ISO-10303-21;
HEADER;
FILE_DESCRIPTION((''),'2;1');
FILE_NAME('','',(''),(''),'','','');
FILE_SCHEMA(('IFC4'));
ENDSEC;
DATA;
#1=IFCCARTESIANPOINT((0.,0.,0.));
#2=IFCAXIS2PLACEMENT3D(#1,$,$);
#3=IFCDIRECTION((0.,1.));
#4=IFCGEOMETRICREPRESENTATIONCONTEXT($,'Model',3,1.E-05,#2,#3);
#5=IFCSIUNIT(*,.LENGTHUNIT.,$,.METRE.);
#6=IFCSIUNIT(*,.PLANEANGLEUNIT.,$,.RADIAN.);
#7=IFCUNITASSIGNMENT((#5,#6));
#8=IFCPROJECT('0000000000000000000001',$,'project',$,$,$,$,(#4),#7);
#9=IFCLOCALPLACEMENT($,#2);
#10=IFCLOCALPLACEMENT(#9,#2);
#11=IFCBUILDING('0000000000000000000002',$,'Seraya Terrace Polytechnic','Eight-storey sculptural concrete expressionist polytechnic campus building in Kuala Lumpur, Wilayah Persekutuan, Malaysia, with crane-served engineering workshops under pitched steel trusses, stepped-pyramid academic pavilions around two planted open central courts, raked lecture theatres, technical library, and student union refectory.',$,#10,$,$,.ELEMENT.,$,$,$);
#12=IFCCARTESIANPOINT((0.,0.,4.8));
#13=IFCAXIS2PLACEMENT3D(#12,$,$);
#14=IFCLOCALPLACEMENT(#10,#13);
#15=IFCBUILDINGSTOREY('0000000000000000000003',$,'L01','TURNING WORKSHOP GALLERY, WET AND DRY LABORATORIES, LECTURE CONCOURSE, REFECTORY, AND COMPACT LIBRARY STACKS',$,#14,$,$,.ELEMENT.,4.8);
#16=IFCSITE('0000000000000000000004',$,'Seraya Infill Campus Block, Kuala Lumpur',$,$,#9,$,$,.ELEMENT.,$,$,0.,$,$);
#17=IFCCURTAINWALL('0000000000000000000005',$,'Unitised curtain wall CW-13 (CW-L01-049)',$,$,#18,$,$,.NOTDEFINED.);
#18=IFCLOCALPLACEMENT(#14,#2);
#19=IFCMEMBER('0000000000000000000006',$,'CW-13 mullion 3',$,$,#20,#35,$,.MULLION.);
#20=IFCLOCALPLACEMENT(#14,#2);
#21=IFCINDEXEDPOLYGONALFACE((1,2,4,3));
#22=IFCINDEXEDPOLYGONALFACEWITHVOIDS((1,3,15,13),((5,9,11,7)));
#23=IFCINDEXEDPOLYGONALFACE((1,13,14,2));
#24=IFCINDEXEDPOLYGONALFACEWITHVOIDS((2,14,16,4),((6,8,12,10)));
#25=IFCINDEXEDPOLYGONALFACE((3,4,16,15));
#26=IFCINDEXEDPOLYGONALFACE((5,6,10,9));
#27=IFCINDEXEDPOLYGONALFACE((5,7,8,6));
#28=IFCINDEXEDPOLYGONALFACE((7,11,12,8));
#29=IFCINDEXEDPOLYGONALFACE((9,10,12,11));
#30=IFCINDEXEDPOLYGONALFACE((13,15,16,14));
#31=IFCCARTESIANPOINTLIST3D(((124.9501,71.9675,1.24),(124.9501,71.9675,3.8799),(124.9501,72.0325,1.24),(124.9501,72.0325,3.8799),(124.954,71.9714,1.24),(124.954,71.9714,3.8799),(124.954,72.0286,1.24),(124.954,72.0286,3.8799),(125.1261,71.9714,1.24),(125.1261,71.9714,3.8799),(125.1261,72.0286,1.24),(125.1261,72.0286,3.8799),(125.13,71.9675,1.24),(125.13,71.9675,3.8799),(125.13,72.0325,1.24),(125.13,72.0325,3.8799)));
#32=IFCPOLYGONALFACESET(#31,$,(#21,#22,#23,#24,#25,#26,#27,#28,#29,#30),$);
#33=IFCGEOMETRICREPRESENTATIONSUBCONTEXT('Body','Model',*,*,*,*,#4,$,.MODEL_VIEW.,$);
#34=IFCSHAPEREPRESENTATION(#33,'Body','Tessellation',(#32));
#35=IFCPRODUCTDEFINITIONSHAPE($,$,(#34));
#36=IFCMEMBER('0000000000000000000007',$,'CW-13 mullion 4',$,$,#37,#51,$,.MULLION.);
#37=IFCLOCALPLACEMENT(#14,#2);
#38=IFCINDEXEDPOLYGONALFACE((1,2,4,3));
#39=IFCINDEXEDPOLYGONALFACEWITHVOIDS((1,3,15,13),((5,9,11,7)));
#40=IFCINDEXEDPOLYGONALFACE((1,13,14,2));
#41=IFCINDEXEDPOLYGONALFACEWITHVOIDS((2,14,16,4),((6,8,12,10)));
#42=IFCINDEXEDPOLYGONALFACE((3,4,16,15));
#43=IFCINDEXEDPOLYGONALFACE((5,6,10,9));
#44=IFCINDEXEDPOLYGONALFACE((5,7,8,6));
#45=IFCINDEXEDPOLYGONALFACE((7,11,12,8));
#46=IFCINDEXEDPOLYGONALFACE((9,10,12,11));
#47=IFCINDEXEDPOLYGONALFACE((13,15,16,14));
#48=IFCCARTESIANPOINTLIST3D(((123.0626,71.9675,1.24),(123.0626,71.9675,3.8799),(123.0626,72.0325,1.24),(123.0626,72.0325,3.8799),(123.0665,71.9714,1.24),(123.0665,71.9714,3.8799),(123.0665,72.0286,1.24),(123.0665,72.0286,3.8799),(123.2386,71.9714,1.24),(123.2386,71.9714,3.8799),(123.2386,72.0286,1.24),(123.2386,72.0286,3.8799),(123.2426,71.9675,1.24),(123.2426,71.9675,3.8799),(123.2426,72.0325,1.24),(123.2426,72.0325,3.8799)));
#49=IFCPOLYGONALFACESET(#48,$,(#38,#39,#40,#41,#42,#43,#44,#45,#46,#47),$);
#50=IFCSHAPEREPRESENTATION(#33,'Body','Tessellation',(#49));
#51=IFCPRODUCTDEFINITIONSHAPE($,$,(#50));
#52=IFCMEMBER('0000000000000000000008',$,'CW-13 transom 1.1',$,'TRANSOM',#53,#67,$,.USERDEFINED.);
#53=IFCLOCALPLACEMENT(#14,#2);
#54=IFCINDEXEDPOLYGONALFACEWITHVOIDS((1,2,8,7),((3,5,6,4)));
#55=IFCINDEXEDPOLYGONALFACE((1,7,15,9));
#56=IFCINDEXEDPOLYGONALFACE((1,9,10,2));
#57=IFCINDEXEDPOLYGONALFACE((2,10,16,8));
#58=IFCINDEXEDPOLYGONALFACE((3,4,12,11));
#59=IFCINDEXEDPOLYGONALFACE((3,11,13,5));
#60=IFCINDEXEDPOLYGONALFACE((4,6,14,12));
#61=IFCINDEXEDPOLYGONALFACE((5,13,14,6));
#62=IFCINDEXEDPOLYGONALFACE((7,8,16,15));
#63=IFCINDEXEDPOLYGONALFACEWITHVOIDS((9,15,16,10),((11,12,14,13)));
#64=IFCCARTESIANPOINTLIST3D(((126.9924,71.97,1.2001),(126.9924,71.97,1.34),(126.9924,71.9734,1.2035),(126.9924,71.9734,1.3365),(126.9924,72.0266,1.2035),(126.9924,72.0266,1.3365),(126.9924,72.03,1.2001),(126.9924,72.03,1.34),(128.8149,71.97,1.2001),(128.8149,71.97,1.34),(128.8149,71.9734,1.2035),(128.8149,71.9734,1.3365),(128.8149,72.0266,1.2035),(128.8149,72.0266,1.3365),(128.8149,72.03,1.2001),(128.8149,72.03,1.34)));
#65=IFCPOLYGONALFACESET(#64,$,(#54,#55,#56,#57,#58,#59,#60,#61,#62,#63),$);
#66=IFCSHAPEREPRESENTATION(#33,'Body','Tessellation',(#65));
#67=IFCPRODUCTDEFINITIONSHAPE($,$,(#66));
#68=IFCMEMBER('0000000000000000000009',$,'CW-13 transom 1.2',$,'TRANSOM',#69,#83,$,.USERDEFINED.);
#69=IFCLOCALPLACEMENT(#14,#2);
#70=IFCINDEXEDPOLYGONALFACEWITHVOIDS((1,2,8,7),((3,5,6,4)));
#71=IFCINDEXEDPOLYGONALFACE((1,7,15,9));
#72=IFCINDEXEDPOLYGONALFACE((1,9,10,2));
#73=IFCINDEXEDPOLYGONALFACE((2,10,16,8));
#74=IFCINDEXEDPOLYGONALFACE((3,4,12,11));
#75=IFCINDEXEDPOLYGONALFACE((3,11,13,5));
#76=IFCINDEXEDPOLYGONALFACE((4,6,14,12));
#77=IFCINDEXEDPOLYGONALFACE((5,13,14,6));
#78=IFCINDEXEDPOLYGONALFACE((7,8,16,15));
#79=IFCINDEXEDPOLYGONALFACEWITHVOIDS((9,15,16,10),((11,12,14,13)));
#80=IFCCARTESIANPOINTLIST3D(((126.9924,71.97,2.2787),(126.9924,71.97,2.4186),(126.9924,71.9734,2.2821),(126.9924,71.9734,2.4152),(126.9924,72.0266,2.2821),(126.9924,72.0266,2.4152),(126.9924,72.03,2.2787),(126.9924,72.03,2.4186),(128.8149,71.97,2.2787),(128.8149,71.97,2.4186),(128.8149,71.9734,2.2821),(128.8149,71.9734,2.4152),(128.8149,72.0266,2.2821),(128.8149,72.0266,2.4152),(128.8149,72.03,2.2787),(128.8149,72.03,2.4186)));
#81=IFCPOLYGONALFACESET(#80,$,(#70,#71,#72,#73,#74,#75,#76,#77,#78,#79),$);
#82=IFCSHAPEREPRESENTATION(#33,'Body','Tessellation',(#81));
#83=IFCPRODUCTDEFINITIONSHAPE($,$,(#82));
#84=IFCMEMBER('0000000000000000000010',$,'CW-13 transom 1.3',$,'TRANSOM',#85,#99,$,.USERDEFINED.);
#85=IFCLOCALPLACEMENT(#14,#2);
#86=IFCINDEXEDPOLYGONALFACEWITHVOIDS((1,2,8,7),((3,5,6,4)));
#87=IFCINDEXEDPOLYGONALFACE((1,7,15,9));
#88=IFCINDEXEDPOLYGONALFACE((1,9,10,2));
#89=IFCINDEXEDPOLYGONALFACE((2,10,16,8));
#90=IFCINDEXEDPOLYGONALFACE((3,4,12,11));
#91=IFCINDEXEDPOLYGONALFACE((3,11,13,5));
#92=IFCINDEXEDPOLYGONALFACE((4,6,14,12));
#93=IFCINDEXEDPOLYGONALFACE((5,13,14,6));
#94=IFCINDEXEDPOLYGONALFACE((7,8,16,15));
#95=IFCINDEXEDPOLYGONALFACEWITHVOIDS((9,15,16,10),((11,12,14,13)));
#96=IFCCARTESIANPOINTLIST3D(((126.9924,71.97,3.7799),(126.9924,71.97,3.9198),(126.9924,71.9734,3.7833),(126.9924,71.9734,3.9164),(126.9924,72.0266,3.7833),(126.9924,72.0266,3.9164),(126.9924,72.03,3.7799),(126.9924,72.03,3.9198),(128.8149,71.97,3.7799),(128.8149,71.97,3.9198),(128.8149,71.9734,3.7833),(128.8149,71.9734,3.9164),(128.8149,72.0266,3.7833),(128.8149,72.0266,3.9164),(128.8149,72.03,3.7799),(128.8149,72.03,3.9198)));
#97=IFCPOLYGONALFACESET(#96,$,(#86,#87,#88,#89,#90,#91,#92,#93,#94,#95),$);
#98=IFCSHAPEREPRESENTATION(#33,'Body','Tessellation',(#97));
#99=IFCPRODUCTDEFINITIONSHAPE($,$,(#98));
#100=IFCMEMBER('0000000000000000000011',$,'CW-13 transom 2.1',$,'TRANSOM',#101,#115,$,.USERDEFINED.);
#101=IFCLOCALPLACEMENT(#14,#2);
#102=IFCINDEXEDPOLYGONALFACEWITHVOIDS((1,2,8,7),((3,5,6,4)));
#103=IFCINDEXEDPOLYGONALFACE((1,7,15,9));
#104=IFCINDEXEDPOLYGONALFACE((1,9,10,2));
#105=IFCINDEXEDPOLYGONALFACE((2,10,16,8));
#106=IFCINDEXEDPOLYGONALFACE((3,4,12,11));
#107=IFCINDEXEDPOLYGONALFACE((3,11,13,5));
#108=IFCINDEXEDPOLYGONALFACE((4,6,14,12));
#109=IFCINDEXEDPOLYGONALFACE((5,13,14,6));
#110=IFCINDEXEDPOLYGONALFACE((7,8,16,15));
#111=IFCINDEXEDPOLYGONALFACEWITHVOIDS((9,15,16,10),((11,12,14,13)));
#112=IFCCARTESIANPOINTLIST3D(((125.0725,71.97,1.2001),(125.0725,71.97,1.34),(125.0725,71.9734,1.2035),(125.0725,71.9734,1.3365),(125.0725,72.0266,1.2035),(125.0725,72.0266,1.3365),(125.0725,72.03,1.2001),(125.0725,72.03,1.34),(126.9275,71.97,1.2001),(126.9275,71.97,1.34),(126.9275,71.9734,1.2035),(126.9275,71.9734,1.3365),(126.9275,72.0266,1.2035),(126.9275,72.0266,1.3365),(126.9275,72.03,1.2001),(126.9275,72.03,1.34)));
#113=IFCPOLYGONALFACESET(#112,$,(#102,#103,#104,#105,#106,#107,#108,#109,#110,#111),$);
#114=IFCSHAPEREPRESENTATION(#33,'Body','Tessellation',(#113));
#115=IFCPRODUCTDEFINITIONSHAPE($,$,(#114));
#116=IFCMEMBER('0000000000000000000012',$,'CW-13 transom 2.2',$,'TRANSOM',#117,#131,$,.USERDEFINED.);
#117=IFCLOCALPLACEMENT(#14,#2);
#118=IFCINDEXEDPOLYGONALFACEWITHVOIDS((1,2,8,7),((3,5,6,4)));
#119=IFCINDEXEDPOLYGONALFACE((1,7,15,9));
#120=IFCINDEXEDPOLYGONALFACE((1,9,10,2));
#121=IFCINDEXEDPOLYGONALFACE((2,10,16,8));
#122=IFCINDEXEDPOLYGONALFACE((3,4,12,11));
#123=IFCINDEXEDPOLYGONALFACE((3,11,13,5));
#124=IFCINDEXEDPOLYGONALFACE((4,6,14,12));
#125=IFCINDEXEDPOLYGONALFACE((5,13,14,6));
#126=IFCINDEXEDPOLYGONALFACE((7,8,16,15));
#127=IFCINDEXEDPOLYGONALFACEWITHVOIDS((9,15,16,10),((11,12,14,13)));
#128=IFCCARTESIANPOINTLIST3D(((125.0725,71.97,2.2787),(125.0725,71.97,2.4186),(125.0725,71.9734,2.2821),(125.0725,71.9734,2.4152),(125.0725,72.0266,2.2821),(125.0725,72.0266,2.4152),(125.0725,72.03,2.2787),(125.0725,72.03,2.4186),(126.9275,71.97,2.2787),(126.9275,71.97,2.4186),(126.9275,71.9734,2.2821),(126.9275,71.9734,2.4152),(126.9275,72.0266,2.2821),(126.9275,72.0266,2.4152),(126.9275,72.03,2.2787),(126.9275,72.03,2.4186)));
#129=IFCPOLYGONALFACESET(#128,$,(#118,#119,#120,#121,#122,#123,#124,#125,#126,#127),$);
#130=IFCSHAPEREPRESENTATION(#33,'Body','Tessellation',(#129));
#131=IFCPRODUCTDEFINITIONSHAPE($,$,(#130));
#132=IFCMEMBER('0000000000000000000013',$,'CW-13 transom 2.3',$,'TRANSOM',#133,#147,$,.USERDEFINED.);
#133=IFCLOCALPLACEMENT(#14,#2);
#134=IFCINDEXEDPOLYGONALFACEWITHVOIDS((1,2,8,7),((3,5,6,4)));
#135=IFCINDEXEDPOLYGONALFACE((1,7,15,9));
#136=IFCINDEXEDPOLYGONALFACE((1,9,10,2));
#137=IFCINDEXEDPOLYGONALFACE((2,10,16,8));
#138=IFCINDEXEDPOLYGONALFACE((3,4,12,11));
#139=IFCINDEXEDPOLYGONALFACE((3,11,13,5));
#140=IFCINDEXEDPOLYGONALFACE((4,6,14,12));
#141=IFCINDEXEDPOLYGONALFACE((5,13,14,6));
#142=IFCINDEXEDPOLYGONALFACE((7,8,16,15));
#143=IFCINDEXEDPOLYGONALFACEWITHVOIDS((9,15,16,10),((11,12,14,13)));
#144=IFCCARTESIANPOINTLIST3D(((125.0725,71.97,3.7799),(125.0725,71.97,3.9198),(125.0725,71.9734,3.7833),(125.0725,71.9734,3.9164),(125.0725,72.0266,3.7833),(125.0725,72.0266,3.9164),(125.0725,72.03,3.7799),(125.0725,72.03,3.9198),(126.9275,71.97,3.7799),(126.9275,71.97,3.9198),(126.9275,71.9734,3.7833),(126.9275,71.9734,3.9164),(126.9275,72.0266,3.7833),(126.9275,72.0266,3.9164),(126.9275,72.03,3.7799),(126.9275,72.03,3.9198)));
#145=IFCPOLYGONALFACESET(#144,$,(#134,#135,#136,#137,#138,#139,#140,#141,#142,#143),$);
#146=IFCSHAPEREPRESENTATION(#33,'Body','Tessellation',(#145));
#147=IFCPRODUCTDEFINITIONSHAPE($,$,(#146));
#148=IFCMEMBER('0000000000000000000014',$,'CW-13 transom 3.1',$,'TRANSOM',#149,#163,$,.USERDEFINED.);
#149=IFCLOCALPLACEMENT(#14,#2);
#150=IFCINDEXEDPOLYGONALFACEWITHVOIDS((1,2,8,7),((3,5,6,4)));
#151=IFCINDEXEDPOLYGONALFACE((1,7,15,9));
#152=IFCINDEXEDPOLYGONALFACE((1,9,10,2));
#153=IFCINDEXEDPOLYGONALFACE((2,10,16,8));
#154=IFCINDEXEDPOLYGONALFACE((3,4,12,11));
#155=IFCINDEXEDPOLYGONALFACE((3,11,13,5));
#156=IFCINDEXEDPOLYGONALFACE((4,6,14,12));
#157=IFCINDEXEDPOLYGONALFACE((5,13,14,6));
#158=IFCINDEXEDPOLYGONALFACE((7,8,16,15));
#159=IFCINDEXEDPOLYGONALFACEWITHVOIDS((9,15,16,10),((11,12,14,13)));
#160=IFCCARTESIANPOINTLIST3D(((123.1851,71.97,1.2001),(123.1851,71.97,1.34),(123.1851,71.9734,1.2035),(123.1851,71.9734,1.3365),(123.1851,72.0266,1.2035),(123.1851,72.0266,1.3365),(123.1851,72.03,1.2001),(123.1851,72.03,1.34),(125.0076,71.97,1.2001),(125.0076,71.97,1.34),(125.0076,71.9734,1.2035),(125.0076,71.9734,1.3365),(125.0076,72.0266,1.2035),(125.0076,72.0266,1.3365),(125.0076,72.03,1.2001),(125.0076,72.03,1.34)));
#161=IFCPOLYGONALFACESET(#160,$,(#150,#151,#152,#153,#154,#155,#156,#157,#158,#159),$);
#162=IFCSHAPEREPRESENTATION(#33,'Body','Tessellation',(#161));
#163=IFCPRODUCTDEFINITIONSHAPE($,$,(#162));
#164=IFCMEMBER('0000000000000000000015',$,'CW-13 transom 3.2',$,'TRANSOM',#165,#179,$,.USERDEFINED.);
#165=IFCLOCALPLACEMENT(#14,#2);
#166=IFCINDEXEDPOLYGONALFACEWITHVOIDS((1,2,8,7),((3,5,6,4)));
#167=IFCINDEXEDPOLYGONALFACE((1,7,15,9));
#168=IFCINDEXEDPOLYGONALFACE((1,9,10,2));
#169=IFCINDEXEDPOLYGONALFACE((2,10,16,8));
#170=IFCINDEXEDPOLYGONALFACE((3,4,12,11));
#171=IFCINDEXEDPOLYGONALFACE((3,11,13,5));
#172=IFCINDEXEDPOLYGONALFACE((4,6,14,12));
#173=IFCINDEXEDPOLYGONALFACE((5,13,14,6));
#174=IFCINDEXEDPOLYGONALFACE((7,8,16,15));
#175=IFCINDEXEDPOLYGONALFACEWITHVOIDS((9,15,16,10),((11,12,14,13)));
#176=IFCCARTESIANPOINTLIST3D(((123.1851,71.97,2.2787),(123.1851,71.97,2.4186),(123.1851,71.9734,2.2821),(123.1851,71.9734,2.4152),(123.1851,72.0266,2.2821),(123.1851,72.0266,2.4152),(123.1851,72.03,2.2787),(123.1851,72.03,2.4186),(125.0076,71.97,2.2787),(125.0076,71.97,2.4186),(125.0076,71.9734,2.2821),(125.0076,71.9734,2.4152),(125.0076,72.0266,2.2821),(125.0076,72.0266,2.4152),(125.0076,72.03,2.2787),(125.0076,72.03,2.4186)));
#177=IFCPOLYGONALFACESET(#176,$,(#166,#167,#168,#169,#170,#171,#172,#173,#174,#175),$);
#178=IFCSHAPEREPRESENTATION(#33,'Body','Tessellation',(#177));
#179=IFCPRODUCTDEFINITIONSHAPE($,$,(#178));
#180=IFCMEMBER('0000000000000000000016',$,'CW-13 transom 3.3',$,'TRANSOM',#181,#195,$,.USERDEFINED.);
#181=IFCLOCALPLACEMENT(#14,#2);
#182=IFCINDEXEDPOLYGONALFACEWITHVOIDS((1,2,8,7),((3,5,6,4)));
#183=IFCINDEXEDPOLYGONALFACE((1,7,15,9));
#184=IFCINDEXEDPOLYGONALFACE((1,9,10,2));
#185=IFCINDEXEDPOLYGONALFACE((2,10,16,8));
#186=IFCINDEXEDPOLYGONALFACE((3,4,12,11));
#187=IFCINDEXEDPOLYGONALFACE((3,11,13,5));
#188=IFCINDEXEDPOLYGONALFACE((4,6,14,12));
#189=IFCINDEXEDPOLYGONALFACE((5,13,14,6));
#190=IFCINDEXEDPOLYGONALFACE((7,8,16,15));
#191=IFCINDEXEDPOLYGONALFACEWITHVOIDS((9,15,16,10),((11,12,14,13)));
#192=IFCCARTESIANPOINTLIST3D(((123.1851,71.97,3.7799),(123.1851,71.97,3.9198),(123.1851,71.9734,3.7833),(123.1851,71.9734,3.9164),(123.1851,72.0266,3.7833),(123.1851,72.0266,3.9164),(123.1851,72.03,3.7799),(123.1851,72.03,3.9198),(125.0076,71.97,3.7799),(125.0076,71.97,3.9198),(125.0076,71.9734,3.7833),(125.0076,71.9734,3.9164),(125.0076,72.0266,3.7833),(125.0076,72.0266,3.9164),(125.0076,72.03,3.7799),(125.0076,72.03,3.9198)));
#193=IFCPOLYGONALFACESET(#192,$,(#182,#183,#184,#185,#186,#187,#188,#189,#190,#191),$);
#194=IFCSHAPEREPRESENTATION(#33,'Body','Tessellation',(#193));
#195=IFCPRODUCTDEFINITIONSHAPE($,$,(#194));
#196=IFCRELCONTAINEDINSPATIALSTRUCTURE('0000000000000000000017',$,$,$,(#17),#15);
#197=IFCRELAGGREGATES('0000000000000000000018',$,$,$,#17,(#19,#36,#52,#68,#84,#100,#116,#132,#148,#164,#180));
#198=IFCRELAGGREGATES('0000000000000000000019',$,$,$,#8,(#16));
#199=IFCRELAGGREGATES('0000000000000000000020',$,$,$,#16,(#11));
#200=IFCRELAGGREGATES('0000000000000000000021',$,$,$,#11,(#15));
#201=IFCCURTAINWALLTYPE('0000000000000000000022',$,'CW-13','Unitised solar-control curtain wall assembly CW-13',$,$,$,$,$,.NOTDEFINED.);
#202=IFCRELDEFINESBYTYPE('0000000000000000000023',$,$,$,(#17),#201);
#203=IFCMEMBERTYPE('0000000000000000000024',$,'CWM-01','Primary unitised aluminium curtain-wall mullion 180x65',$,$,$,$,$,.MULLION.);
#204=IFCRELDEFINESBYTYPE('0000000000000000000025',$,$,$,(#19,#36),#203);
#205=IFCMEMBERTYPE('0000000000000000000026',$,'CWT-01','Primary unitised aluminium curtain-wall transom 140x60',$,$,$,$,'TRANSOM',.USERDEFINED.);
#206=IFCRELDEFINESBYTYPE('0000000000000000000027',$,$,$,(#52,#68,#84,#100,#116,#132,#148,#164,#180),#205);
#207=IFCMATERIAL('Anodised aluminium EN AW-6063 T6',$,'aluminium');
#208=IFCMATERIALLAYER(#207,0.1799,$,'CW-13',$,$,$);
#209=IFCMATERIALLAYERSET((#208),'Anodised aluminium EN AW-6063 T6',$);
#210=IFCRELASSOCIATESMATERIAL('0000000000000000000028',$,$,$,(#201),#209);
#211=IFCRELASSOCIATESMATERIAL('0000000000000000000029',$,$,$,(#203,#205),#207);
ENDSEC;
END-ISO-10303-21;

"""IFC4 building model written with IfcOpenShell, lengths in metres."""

from ifc_helpers import new_model, si_unit, direction, frame, origin, origin_2d, place, context, subcontext, project, spatial, hollow_rectangle, extrude, material, layer, layer_set, material_profile, profile_set, type_object, element, aggregate, save


model = new_model("IFC4")

# Units and contexts
model_context = context("Model", 3, precision=1e-05, world=origin(), true_north=direction((0.0, 1.0)))
body_context = subcontext(model_context, "Body", "Model", "MODEL_VIEW")
ifc_project = project(units=[si_unit("LENGTHUNIT", "METRE"), si_unit("PLANEANGLEUNIT", "RADIAN")], contexts=[model_context])

# Site, building, storey
site_placement = place(None, origin())
site = spatial("IfcSite", under=ifc_project, at=site_placement, Name="Seraya Infill Campus Block, Kuala Lumpur", CompositionType="ELEMENT", RefElevation=0.0)
building_placement = place(site_placement, origin())
building = spatial("IfcBuilding", under=site, at=building_placement, Name="Seraya Terrace Polytechnic", Description="Eight-storey sculptural concrete expressionist polytechnic campus building in Kuala Lumpur, Wilayah Persekutuan, Malaysia, with crane-served engineering workshops under pitched steel trusses, stepped-pyramid academic pavilions around two planted open central courts, raked lecture theatres, technical library, and student union refectory.", CompositionType="ELEMENT")
storey_placement = place(building_placement, frame((0.0, 0.0, 4.8)))
storey = spatial("IfcBuildingStorey", under=building, at=storey_placement, Name="L01", Description="TURNING WORKSHOP GALLERY, WET AND DRY LABORATORIES, LECTURE CONCOURSE, REFECTORY, AND COMPACT LIBRARY STACKS", CompositionType="ELEMENT", Elevation=4.8)

# Curtain wall, members
ifc_material_1 = material(Name="Anodised aluminium EN AW-6063 T6", Category="aluminium")
ifc_layer_1 = layer(ifc_material_1, 0.1799, Name="CW-13")
ifc_layer_set_1 = layer_set([ifc_layer_1], Name="Anodised aluminium EN AW-6063 T6")
curtain_wall_type = type_object("IfcCurtainWallType", Name="CW-13", Description="Unitised solar-control curtain wall assembly CW-13", PredefinedType="NOTDEFINED", material=ifc_layer_set_1)
curtain_wall_placement = place(storey_placement, origin())
curtain_wall = element("IfcCurtainWall", 1, at=curtain_wall_placement, inside=storey, type_object=curtain_wall_type, Name="Unitised curtain wall CW-13 (CW-L01-049)", PredefinedType="NOTDEFINED")
ifc_material_profile_1 = material_profile(ifc_material_1, hollow_rectangle(XDim=0.0649, YDim=0.1799, WallThickness=0.0039, at=origin_2d()), Name="RHS 180x65x4.0")
ifc_profile_set_1 = profile_set([ifc_material_profile_1], Name="Anodised aluminium EN AW-6063 T6")
member_type_1 = type_object("IfcMemberType", Name="CWM-01", Description="Primary unitised aluminium curtain-wall mullion 180x65", PredefinedType="MULLION", material=ifc_profile_set_1)
member_1_placement = place(storey_placement, frame((125.04, 72.0, 1.24), z_axis=(0.0, 0.0, 1.0), x_axis=(0.0, -1.0, 0.0)))
member_1 = element("IfcMember", 2, at=member_1_placement, type_object=member_type_1, Name="CW-13 mullion 3", PredefinedType="MULLION", context=body_context, shape_type="SweptSolid", body=[
    extrude(hollow_rectangle(XDim=0.0649, YDim=0.1799, WallThickness=0.0039, at=origin_2d()), origin(), (0.0, 0.0, 1.0), 2.6399),
])
member_2_placement = place(storey_placement, frame((123.1526, 72.0, 1.24), z_axis=(0.0, 0.0, 1.0), x_axis=(0.0, -1.0, 0.0)))
member_2 = element("IfcMember", 3, at=member_2_placement, type_object=member_type_1, Name="CW-13 mullion 4", PredefinedType="MULLION", context=body_context, shape_type="SweptSolid", body=[
    extrude(hollow_rectangle(XDim=0.0649, YDim=0.1799, WallThickness=0.0039, at=origin_2d()), origin(), (0.0, 0.0, 1.0), 2.6399),
])
ifc_material_profile_2 = material_profile(ifc_material_1, hollow_rectangle(XDim=0.0601, YDim=0.1399, WallThickness=0.0034, at=origin_2d()), Name="RHS 140x60x3.5")
ifc_profile_set_2 = profile_set([ifc_material_profile_2], Name="Anodised aluminium EN AW-6063 T6")
member_type_2 = type_object("IfcMemberType", Name="CWT-01", Description="Primary unitised aluminium curtain-wall transom 140x60", ElementType="TRANSOM", PredefinedType="USERDEFINED", material=ifc_profile_set_2)
member_3_placement = place(storey_placement, frame((128.8149, 72.0, 1.27), z_axis=(-1.0, 0.0, 0.0), x_axis=(0.0, -1.0, 0.0)))
member_3 = element("IfcMember", 4, at=member_3_placement, type_object=member_type_2, Name="CW-13 transom 1.1", ObjectType="TRANSOM", PredefinedType="USERDEFINED", context=body_context, shape_type="SweptSolid", body=[
    extrude(hollow_rectangle(XDim=0.0601, YDim=0.1399, WallThickness=0.0034, at=origin_2d()), origin(), (0.0, 0.0, 1.0), 1.8225),
])
member_4_placement = place(storey_placement, frame((128.8149, 72.0, 2.3486), z_axis=(-1.0, 0.0, 0.0), x_axis=(0.0, -1.0, 0.0)))
member_4 = element("IfcMember", 5, at=member_4_placement, type_object=member_type_2, Name="CW-13 transom 1.2", ObjectType="TRANSOM", PredefinedType="USERDEFINED", context=body_context, shape_type="SweptSolid", body=[
    extrude(hollow_rectangle(XDim=0.0601, YDim=0.1399, WallThickness=0.0034, at=origin_2d()), origin(), (0.0, 0.0, 1.0), 1.8225),
])
member_5_placement = place(storey_placement, frame((128.8149, 72.0, 3.8499), z_axis=(-1.0, 0.0, 0.0), x_axis=(0.0, -1.0, 0.0)))
member_5 = element("IfcMember", 6, at=member_5_placement, type_object=member_type_2, Name="CW-13 transom 1.3", ObjectType="TRANSOM", PredefinedType="USERDEFINED", context=body_context, shape_type="SweptSolid", body=[
    extrude(hollow_rectangle(XDim=0.0601, YDim=0.1399, WallThickness=0.0034, at=origin_2d()), origin(), (0.0, 0.0, 1.0), 1.8225),
])
member_6_placement = place(storey_placement, frame((126.9275, 72.0, 1.27), z_axis=(-1.0, 0.0, 0.0), x_axis=(0.0, -1.0, 0.0)))
member_6 = element("IfcMember", 7, at=member_6_placement, type_object=member_type_2, Name="CW-13 transom 2.1", ObjectType="TRANSOM", PredefinedType="USERDEFINED", context=body_context, shape_type="SweptSolid", body=[
    extrude(hollow_rectangle(XDim=0.0601, YDim=0.1399, WallThickness=0.0034, at=origin_2d()), origin(), (0.0, 0.0, 1.0), 1.855),
])
member_7_placement = place(storey_placement, frame((126.9275, 72.0, 2.3486), z_axis=(-1.0, 0.0, 0.0), x_axis=(0.0, -1.0, 0.0)))
member_7 = element("IfcMember", 8, at=member_7_placement, type_object=member_type_2, Name="CW-13 transom 2.2", ObjectType="TRANSOM", PredefinedType="USERDEFINED", context=body_context, shape_type="SweptSolid", body=[
    extrude(hollow_rectangle(XDim=0.0601, YDim=0.1399, WallThickness=0.0034, at=origin_2d()), origin(), (0.0, 0.0, 1.0), 1.855),
])
member_8_placement = place(storey_placement, frame((126.9275, 72.0, 3.8499), z_axis=(-1.0, 0.0, 0.0), x_axis=(0.0, -1.0, 0.0)))
member_8 = element("IfcMember", 9, at=member_8_placement, type_object=member_type_2, Name="CW-13 transom 2.3", ObjectType="TRANSOM", PredefinedType="USERDEFINED", context=body_context, shape_type="SweptSolid", body=[
    extrude(hollow_rectangle(XDim=0.0601, YDim=0.1399, WallThickness=0.0034, at=origin_2d()), origin(), (0.0, 0.0, 1.0), 1.855),
])
member_9_placement = place(storey_placement, frame((125.0076, 72.0, 1.27), z_axis=(-1.0, 0.0, 0.0), x_axis=(0.0, -1.0, 0.0)))
member_9 = element("IfcMember", 10, at=member_9_placement, type_object=member_type_2, Name="CW-13 transom 3.1", ObjectType="TRANSOM", PredefinedType="USERDEFINED", context=body_context, shape_type="SweptSolid", body=[
    extrude(hollow_rectangle(XDim=0.0601, YDim=0.1399, WallThickness=0.0034, at=origin_2d()), origin(), (0.0, 0.0, 1.0), 1.8225),
])
member_10_placement = place(storey_placement, frame((125.0076, 72.0, 2.3486), z_axis=(-1.0, 0.0, 0.0), x_axis=(0.0, -1.0, 0.0)))
member_10 = element("IfcMember", 11, at=member_10_placement, type_object=member_type_2, Name="CW-13 transom 3.2", ObjectType="TRANSOM", PredefinedType="USERDEFINED", context=body_context, shape_type="SweptSolid", body=[
    extrude(hollow_rectangle(XDim=0.0601, YDim=0.1399, WallThickness=0.0034, at=origin_2d()), origin(), (0.0, 0.0, 1.0), 1.8225),
])
member_11_placement = place(storey_placement, frame((125.0076, 72.0, 3.8499), z_axis=(-1.0, 0.0, 0.0), x_axis=(0.0, -1.0, 0.0)))
member_11 = element("IfcMember", 12, at=member_11_placement, type_object=member_type_2, Name="CW-13 transom 3.3", ObjectType="TRANSOM", PredefinedType="USERDEFINED", context=body_context, shape_type="SweptSolid", body=[
    extrude(hollow_rectangle(XDim=0.0601, YDim=0.1399, WallThickness=0.0034, at=origin_2d()), origin(), (0.0, 0.0, 1.0), 1.8225),
])

aggregate(curtain_wall, [member_1, member_2, member_3, member_4, member_5, member_6, member_7, member_8, member_9, member_10, member_11])

save(model, "model.ifc")
